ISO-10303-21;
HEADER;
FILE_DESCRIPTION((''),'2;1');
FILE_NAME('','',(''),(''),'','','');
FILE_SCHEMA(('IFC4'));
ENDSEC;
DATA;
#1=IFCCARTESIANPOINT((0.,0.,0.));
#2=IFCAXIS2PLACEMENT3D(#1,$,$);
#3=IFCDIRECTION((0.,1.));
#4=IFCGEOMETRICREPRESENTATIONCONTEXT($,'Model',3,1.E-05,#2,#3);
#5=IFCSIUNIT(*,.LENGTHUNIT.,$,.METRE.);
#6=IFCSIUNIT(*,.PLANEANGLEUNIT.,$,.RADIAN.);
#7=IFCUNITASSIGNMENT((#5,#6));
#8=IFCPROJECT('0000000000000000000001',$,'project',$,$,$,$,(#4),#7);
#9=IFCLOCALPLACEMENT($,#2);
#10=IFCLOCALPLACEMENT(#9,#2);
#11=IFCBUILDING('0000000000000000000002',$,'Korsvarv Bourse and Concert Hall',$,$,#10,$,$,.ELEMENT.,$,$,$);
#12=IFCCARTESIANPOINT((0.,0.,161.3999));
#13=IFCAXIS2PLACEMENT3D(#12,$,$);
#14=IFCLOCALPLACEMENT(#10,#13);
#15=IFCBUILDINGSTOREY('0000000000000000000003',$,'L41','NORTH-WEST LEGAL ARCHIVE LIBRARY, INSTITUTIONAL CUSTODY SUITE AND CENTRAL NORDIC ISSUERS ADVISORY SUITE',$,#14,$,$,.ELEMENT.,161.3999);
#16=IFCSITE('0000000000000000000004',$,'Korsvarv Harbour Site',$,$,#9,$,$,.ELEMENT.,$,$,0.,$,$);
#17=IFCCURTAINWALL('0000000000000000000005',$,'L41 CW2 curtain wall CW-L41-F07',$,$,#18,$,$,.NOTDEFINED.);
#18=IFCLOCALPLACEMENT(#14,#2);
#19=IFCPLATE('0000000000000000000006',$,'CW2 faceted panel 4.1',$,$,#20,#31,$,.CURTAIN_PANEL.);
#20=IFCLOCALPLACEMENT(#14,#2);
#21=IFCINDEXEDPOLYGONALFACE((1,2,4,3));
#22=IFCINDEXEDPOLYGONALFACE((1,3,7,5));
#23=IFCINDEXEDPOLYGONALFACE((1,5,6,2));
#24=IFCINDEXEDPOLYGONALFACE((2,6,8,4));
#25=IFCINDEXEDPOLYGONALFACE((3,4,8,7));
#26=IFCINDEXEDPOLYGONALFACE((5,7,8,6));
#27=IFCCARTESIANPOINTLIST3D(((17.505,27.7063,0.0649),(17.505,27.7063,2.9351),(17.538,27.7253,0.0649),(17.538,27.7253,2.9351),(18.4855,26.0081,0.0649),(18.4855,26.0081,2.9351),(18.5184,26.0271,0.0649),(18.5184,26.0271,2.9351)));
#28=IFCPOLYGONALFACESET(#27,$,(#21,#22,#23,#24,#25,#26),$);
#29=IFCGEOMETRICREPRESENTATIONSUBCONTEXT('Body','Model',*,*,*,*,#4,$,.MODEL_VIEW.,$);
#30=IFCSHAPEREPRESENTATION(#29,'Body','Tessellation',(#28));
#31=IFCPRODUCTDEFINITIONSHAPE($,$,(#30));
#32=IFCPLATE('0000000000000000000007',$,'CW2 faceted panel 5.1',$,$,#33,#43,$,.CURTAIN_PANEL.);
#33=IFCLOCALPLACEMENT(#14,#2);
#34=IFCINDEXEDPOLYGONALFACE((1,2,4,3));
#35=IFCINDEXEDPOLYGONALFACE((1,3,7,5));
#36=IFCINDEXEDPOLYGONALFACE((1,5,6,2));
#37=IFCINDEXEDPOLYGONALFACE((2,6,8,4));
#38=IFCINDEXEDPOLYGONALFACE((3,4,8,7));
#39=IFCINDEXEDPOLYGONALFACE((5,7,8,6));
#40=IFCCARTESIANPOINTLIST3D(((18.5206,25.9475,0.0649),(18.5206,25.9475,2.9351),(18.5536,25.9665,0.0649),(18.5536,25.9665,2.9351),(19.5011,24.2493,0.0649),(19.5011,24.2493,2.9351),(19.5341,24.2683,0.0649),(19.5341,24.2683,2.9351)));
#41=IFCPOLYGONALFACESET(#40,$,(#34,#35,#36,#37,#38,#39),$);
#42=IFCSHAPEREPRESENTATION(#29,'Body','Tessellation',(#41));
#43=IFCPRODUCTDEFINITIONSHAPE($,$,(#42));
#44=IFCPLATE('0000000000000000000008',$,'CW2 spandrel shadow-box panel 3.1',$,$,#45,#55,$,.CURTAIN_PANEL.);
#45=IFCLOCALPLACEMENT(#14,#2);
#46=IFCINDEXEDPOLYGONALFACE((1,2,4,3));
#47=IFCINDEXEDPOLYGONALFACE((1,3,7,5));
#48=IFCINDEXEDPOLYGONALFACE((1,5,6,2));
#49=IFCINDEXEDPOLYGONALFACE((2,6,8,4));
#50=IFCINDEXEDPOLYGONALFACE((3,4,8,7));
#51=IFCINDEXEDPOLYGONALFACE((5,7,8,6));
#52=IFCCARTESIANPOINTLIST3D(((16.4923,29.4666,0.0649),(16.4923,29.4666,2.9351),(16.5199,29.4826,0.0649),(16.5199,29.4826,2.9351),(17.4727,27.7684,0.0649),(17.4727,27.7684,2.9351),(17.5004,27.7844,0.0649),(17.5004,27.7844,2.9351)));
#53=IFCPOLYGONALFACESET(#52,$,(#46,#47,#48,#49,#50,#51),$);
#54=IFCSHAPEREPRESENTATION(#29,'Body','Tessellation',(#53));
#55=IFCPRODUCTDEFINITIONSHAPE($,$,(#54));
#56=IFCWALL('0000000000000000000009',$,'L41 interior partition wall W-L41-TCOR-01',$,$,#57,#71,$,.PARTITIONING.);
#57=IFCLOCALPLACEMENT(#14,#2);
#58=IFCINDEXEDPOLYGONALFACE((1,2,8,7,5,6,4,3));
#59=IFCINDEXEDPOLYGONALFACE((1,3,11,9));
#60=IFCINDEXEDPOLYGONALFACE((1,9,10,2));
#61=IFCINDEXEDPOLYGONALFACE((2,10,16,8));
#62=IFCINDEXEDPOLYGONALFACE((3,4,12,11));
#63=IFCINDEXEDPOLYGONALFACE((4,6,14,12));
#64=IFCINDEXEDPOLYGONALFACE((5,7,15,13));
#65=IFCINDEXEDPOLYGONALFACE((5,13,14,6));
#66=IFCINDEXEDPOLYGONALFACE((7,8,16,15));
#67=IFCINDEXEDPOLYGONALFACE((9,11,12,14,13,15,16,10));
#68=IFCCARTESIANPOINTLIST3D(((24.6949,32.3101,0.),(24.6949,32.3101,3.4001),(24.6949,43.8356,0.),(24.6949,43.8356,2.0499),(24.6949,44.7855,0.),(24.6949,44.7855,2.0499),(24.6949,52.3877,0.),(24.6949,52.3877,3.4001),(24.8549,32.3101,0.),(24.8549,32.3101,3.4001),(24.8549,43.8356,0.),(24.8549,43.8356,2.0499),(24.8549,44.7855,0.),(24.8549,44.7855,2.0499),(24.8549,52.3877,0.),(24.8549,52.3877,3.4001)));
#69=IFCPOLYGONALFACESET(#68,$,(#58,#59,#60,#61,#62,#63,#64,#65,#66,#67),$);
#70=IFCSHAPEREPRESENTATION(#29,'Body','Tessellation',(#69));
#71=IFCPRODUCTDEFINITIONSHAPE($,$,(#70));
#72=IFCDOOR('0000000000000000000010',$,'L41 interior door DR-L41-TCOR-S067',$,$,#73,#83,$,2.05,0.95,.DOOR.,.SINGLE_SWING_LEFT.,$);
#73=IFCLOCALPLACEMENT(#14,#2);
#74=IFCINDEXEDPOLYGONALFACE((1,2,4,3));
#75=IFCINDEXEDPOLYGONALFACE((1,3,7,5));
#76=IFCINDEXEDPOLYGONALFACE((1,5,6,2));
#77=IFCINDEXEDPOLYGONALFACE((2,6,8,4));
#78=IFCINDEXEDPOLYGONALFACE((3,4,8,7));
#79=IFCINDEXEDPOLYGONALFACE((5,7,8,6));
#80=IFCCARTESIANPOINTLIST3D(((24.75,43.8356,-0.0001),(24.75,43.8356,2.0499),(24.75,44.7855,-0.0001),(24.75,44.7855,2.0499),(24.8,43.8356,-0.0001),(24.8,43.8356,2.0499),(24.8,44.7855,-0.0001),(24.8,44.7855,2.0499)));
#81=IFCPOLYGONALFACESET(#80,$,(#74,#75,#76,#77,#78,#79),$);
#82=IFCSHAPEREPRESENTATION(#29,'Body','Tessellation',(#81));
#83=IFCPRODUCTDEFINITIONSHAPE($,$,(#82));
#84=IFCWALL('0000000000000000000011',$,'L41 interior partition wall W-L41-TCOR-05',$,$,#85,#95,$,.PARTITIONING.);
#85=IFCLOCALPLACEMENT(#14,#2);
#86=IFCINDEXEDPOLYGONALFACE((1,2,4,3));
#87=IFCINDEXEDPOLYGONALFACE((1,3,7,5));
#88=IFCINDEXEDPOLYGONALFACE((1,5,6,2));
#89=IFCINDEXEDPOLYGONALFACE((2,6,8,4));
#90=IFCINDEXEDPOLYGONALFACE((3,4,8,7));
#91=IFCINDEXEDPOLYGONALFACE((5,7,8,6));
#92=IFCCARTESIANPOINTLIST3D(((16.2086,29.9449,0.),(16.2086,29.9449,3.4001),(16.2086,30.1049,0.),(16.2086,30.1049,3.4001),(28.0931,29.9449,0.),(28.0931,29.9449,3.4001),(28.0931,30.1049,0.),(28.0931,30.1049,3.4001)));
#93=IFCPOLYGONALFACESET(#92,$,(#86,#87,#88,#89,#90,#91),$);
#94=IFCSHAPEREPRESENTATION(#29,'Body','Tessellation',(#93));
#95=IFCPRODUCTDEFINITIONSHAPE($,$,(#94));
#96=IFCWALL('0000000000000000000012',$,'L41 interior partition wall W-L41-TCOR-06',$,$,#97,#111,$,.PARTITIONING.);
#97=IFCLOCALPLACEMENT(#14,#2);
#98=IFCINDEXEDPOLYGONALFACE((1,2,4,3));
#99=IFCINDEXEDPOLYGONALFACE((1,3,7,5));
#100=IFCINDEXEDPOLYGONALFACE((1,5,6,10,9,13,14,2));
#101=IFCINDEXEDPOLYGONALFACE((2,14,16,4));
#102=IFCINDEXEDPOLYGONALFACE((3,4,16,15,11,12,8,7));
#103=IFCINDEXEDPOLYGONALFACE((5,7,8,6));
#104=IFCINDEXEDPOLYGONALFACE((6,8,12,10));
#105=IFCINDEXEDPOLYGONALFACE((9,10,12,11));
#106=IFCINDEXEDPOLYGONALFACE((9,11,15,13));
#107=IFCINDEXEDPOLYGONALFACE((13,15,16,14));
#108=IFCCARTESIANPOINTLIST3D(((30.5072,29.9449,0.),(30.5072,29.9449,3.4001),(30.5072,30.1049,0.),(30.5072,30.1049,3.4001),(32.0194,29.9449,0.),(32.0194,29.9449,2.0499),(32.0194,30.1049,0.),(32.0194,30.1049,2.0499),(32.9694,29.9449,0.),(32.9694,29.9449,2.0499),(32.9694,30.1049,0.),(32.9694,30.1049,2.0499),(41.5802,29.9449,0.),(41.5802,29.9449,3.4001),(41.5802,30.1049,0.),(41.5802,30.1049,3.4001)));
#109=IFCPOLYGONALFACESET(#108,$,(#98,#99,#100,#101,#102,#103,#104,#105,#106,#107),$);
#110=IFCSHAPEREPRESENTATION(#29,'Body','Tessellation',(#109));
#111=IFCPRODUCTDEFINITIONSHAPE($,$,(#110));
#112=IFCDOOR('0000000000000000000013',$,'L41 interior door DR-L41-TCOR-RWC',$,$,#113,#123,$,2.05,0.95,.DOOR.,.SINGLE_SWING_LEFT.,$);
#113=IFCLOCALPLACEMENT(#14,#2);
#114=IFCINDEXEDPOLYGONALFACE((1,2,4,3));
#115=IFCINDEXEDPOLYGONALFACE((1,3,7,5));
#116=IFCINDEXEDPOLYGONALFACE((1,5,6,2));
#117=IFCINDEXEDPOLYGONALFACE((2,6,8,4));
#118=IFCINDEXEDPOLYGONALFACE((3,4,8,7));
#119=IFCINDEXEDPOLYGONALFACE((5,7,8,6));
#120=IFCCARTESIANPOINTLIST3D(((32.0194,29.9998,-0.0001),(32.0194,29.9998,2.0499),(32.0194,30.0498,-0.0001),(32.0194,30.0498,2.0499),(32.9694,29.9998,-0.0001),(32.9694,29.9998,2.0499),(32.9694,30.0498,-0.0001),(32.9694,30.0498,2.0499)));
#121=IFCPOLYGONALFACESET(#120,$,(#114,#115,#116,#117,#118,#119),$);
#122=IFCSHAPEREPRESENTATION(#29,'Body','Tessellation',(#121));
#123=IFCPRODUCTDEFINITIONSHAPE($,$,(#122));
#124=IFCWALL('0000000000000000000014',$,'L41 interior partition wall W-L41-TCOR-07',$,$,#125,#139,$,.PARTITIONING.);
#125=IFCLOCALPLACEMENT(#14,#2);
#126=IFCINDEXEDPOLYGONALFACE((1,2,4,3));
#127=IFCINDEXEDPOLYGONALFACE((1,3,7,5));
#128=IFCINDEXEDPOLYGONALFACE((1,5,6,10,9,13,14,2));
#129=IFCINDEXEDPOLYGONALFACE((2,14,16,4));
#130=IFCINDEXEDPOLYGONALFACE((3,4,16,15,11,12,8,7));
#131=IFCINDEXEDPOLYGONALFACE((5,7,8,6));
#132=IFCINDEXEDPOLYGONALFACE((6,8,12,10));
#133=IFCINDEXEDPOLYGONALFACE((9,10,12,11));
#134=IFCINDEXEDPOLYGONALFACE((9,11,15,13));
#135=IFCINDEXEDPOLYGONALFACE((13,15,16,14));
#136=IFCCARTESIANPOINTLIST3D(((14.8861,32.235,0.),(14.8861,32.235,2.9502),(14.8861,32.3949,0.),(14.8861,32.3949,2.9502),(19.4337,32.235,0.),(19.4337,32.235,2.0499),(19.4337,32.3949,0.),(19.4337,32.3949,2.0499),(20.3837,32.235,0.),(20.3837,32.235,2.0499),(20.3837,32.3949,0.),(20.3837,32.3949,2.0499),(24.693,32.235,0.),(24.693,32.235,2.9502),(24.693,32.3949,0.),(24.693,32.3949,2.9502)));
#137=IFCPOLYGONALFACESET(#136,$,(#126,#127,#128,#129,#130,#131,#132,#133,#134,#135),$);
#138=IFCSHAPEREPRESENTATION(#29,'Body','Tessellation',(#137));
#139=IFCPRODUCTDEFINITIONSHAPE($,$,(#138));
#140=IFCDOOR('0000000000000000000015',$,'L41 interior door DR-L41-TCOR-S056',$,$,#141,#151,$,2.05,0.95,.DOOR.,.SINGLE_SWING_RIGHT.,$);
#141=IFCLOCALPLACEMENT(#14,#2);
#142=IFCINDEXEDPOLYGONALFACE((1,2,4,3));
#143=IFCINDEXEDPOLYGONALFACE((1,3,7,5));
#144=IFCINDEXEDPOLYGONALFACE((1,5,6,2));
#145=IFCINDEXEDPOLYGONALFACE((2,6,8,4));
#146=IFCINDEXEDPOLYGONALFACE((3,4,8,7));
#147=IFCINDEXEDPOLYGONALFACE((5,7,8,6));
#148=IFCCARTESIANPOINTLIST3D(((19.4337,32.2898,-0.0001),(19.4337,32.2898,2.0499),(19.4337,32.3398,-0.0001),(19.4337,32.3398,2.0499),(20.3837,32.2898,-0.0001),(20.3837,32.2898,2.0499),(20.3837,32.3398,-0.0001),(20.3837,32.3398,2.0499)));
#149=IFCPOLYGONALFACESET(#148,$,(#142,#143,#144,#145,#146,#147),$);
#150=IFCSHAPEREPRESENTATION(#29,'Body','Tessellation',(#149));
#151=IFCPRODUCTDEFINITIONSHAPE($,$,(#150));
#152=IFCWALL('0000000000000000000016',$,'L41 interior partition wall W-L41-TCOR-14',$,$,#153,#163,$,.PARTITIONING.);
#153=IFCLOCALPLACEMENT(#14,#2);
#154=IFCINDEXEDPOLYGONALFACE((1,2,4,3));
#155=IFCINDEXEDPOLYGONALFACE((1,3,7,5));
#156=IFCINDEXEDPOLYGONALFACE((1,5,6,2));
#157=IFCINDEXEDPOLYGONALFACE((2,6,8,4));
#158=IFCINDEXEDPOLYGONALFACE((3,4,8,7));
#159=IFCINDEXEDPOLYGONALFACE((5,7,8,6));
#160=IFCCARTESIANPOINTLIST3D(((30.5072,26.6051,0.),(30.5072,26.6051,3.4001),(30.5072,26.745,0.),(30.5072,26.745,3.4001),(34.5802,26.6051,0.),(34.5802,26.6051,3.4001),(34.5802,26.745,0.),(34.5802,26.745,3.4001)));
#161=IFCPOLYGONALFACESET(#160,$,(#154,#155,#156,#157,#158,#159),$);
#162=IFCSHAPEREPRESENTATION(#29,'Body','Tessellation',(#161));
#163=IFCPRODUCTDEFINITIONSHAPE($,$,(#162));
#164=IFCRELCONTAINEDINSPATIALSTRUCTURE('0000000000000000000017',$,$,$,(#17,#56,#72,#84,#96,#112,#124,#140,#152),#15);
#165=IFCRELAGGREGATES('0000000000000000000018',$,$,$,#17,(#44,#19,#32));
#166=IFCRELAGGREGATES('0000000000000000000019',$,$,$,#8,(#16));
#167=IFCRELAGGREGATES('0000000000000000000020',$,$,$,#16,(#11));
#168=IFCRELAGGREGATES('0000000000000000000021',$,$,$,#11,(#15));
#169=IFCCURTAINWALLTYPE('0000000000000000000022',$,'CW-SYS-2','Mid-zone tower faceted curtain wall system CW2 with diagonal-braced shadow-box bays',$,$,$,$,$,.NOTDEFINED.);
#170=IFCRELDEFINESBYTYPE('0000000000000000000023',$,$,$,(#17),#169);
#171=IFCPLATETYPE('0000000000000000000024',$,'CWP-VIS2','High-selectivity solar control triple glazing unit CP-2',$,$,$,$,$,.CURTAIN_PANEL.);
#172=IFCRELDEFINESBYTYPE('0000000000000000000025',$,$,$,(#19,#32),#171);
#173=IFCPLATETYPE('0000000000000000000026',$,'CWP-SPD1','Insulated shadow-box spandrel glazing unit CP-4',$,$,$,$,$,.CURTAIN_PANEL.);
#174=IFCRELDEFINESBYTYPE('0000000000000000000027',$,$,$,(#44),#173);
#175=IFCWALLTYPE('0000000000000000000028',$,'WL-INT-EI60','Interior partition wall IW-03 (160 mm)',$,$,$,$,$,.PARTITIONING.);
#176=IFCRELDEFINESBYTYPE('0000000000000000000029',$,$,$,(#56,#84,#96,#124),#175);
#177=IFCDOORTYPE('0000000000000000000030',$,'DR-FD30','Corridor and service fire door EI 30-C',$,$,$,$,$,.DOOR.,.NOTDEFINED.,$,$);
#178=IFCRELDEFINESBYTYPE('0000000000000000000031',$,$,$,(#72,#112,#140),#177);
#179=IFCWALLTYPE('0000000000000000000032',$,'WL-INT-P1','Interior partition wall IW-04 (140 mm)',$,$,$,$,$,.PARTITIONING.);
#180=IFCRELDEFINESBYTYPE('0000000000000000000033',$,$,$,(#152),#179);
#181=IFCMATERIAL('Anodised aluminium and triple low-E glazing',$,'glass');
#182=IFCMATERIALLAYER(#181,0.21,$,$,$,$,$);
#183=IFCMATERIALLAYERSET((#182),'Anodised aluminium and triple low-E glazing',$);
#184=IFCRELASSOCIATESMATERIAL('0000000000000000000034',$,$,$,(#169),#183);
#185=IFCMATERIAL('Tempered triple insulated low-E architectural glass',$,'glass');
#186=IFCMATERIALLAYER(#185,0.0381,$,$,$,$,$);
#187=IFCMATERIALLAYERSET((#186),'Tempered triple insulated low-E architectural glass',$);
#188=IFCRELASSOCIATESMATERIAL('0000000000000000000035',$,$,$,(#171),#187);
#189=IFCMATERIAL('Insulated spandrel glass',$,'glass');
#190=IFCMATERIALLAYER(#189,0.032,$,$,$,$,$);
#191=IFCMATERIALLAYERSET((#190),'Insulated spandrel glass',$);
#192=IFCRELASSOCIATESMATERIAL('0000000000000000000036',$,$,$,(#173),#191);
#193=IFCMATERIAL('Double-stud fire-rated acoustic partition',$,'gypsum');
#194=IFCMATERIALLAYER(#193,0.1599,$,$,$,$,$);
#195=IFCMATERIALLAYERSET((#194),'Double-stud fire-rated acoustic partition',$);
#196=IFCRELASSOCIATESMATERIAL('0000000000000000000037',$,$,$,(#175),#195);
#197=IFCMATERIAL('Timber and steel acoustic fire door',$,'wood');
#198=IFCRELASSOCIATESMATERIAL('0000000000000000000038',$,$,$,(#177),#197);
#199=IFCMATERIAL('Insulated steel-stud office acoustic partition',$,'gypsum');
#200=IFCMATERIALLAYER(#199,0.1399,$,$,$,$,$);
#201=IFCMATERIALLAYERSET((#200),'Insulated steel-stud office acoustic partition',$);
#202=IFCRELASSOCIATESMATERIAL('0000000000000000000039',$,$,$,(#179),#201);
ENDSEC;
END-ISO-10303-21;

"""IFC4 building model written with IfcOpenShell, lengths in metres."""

from ifc_helpers import new_model, si_unit, direction, frame, frame_2d, origin, origin_2d, place, context, subcontext, project, spatial, rectangle, extrude, source, transform, mapped, material, layer, layer_set, type_object, element, fill, aggregate, save


model = new_model("IFC4")

# Units and contexts
model_context = context("Model", 3, precision=1e-05, world=origin(), true_north=direction((0.0, 1.0)))
body_context = subcontext(model_context, "Body", "Model", "MODEL_VIEW")
ifc_project = project(units=[si_unit("LENGTHUNIT", "METRE"), si_unit("PLANEANGLEUNIT", "RADIAN")], contexts=[model_context])

# Site, building, storey
site_placement = place(None, origin())
site = spatial("IfcSite", under=ifc_project, at=site_placement, Name="Korsvarv Harbour Site", CompositionType="ELEMENT", RefElevation=0.0)
building_placement = place(site_placement, origin())
building = spatial("IfcBuilding", under=site, at=building_placement, Name="Korsvarv Bourse and Concert Hall", CompositionType="ELEMENT")
storey_placement = place(building_placement, frame((0.0, 0.0, 161.3999)))
storey = spatial("IfcBuildingStorey", under=building, at=storey_placement, Name="L41", Description="NORTH-WEST LEGAL ARCHIVE LIBRARY, INSTITUTIONAL CUSTODY SUITE AND CENTRAL NORDIC ISSUERS ADVISORY SUITE", CompositionType="ELEMENT", Elevation=161.3999)

# Curtain wall, plates
ifc_material_1 = material(Name="Anodised aluminium and triple low-E glazing", Category="glass")
ifc_layer_1 = layer(ifc_material_1, 0.21)
ifc_layer_set_1 = layer_set([ifc_layer_1], Name="Anodised aluminium and triple low-E glazing")
curtain_wall_type = type_object("IfcCurtainWallType", Name="CW-SYS-2", Description="Mid-zone tower faceted curtain wall system CW2 with diagonal-braced shadow-box bays", PredefinedType="NOTDEFINED", material=ifc_layer_set_1)
curtain_wall_placement = place(storey_placement, origin())
curtain_wall = element("IfcCurtainWall", 1, at=curtain_wall_placement, inside=storey, type_object=curtain_wall_type, Name="L41 CW2 curtain wall CW-L41-F07", PredefinedType="NOTDEFINED")
ifc_material_2 = material(Name="Tempered triple insulated low-E architectural glass", Category="glass")
ifc_layer_2 = layer(ifc_material_2, 0.0381)
ifc_layer_set_2 = layer_set([ifc_layer_2], Name="Tempered triple insulated low-E architectural glass")
plate_type_1 = type_object("IfcPlateType", Name="CWP-VIS2", Description="High-selectivity solar control triple glazing unit CP-2", PredefinedType="CURTAIN_PANEL", material=ifc_layer_set_2)
shared_shape_1 = source(origin(), body_context, "Body", "SweptSolid", [
    extrude(rectangle(XDim=1.9609, YDim=0.0381, at=origin_2d()), origin(), (0.0, 0.0, 1.0), 2.8701),
])
plate_1_placement = place(storey_placement, frame((18.0117, 26.8667, 0.0649), z_axis=(0.0, 0.0, 1.0), x_axis=(0.500002, -0.866024, 0.0)))
plate_1 = element("IfcPlate", 2, at=plate_1_placement, type_object=plate_type_1, Name="CW2 faceted panel 4.1", PredefinedType="CURTAIN_PANEL", context=body_context, shape_type="MappedRepresentation", body=[
    mapped(shared_shape_1, transform((0.0, 0.0, 0.0), scale=1.0)),
])
plate_2_placement = place(storey_placement, frame((19.0273, 25.1079, 0.0649), z_axis=(0.0, 0.0, 1.0), x_axis=(0.500002, -0.866024, 0.0)))
plate_2 = element("IfcPlate", 3, at=plate_2_placement, type_object=plate_type_1, Name="CW2 faceted panel 5.1", PredefinedType="CURTAIN_PANEL", context=body_context, shape_type="MappedRepresentation", body=[
    mapped(shared_shape_1, transform((0.0, 0.0, 0.0), scale=1.0)),
])
ifc_material_3 = material(Name="Insulated spandrel glass", Category="glass")
ifc_layer_3 = layer(ifc_material_3, 0.032)
ifc_layer_set_3 = layer_set([ifc_layer_3], Name="Insulated spandrel glass")
plate_type_2 = type_object("IfcPlateType", Name="CWP-SPD1", Description="Insulated shadow-box spandrel glazing unit CP-4", PredefinedType="CURTAIN_PANEL", material=ifc_layer_set_3)
shared_shape_2 = source(origin(), body_context, "Body", "SweptSolid", [
    extrude(rectangle(XDim=1.9609, YDim=0.032, at=origin_2d()), origin(), (0.0, 0.0, 1.0), 2.8701),
])
plate_3_placement = place(storey_placement, frame((16.9963, 28.6255, 0.0649), z_axis=(0.0, 0.0, 1.0), x_axis=(0.500002, -0.866024, 0.0)))
plate_3 = element("IfcPlate", 4, at=plate_3_placement, type_object=plate_type_2, Name="CW2 spandrel shadow-box panel 3.1", PredefinedType="CURTAIN_PANEL", context=body_context, shape_type="MappedRepresentation", body=[
    mapped(shared_shape_2, transform((0.0, 0.0, 0.0), scale=1.0)),
])
aggregate(curtain_wall, [plate_3, plate_1, plate_2])

# Wall, opening, door
ifc_material_4 = material(Name="Double-stud fire-rated acoustic partition", Category="gypsum")
ifc_layer_4 = layer(ifc_material_4, 0.1599)
ifc_layer_set_4 = layer_set([ifc_layer_4], Name="Double-stud fire-rated acoustic partition")
wall_type_1 = type_object("IfcWallType", Name="WL-INT-EI60", Description="Interior partition wall IW-03 (160 mm)", PredefinedType="PARTITIONING", material=ifc_layer_set_4)
wall_1_placement = place(storey_placement, frame((24.7749, 32.3101, 0.0), z_axis=(0.0, 0.0, 1.0), x_axis=(0.0, 1.0, 0.0)))
wall_1 = element("IfcWall", 5, at=wall_1_placement, inside=storey, type_object=wall_type_1, Name="L41 interior partition wall W-L41-TCOR-01", PredefinedType="PARTITIONING", context=body_context, shape_type="SweptSolid", body=[
    extrude(rectangle(XDim=20.0776, YDim=0.1599, at=frame_2d((10.0388, 0.0))), origin(), (0.0, 0.0, 1.0), 3.4001),
])
opening_1_placement = place(wall_1_placement, frame((11.5254, 0.0, 0.0)))
opening_1 = element("IfcOpeningElement", 6, at=opening_1_placement, cuts=wall_1, PredefinedType="OPENING", context=body_context, shape_type="SweptSolid", body=[
    extrude(rectangle(XDim=0.95, YDim=2.05, at=frame_2d((0.4751, 1.0249))), frame((0.0, 0.0898, 0.0), z_axis=(0.0, -1.0, 0.0), x_axis=(1.0, 0.0, 0.0)), (0.0, 0.0, 1.0), 0.1799),
])
ifc_material_5 = material(Name="Timber and steel acoustic fire door", Category="wood")
door_type = type_object("IfcDoorType", Name="DR-FD30", Description="Corridor and service fire door EI 30-C", OperationType="NOTDEFINED", PredefinedType="DOOR", material=ifc_material_5)
door_1_placement = place(opening_1_placement, origin())
door_1 = element("IfcDoor", 7, at=door_1_placement, inside=storey, type_object=door_type, Name="L41 interior door DR-L41-TCOR-S067", OperationType="SINGLE_SWING_LEFT", OverallHeight=2.05, OverallWidth=0.95, PredefinedType="DOOR", context=body_context, shape_type="SweptSolid", body=[
    extrude(rectangle(XDim=0.95, YDim=2.05, at=frame_2d((0.4751, 1.0249))), frame((0.0, 0.0249, 0.0), z_axis=(0.0, -1.0, 0.0), x_axis=(1.0, 0.0, 0.0)), (0.0, 0.0, 1.0), 0.05),
])
fill(opening_1, door_1)

# Wall
wall_2_placement = place(storey_placement, frame((16.2085, 30.0249, 0.0), z_axis=(0.0, 0.0, 1.0), x_axis=(1.0, 0.0, 0.0)))
element("IfcWall", 8, at=wall_2_placement, inside=storey, type_object=wall_type_1, Name="L41 interior partition wall W-L41-TCOR-05", PredefinedType="PARTITIONING", context=body_context, shape_type="SweptSolid", body=[
    extrude(rectangle(XDim=11.8845, YDim=0.1599, at=frame_2d((5.9424, 0.0))), origin(), (0.0, 0.0, 1.0), 3.4001),
])

# Walls, openings, doors
wall_3_placement = place(storey_placement, frame((30.5071, 30.0249, 0.0), z_axis=(0.0, 0.0, 1.0), x_axis=(1.0, 0.0, 0.0)))
wall_3 = element("IfcWall", 9, at=wall_3_placement, inside=storey, type_object=wall_type_1, Name="L41 interior partition wall W-L41-TCOR-06", PredefinedType="PARTITIONING", context=body_context, shape_type="SweptSolid", body=[
    extrude(rectangle(XDim=11.073, YDim=0.1599, at=frame_2d((5.5366, 0.0))), origin(), (0.0, 0.0, 1.0), 3.4001),
])
opening_2_placement = place(wall_3_placement, frame((1.5122, 0.0, 0.0)))
opening_2 = element("IfcOpeningElement", 10, at=opening_2_placement, cuts=wall_3, PredefinedType="OPENING", context=body_context, shape_type="SweptSolid", body=[
    extrude(rectangle(XDim=0.95, YDim=2.05, at=frame_2d((0.4751, 1.0249))), frame((0.0, 0.0898, 0.0), z_axis=(0.0, -1.0, 0.0), x_axis=(1.0, 0.0, 0.0)), (0.0, 0.0, 1.0), 0.1799),
])
door_2_placement = place(opening_2_placement, origin())
door_2 = element("IfcDoor", 11, at=door_2_placement, inside=storey, type_object=door_type, Name="L41 interior door DR-L41-TCOR-RWC", OperationType="SINGLE_SWING_LEFT", OverallHeight=2.05, OverallWidth=0.95, PredefinedType="DOOR", context=body_context, shape_type="SweptSolid", body=[
    extrude(rectangle(XDim=0.95, YDim=2.05, at=frame_2d((0.4751, 1.0249))), frame((0.0, 0.0249, 0.0), z_axis=(0.0, -1.0, 0.0), x_axis=(1.0, 0.0, 0.0)), (0.0, 0.0, 1.0), 0.05),
])
fill(opening_2, door_2)
wall_4_placement = place(storey_placement, frame((14.8862, 32.3149, 0.0), z_axis=(0.0, 0.0, 1.0), x_axis=(1.0, 0.0, 0.0)))
wall_4 = element("IfcWall", 12, at=wall_4_placement, inside=storey, type_object=wall_type_1, Name="L41 interior partition wall W-L41-TCOR-07", PredefinedType="PARTITIONING", context=body_context, shape_type="SweptSolid", body=[
    extrude(rectangle(XDim=9.8069, YDim=0.1599, at=frame_2d((4.9033, 0.0))), origin(), (0.0, 0.0, 1.0), 2.9502),
])
opening_3_placement = place(wall_4_placement, frame((4.5474, 0.0, 0.0)))
opening_3 = element("IfcOpeningElement", 13, at=opening_3_placement, cuts=wall_4, PredefinedType="OPENING", context=body_context, shape_type="SweptSolid", body=[
    extrude(rectangle(XDim=0.95, YDim=2.05, at=frame_2d((0.4751, 1.0249))), frame((0.0, 0.0898, 0.0), z_axis=(0.0, -1.0, 0.0), x_axis=(1.0, 0.0, 0.0)), (0.0, 0.0, 1.0), 0.1799),
])
door_3_placement = place(opening_3_placement, origin())
door_3 = element("IfcDoor", 14, at=door_3_placement, inside=storey, type_object=door_type, Name="L41 interior door DR-L41-TCOR-S056", OperationType="SINGLE_SWING_RIGHT", OverallHeight=2.05, OverallWidth=0.95, PredefinedType="DOOR", context=body_context, shape_type="SweptSolid", body=[
    extrude(rectangle(XDim=0.95, YDim=2.05, at=frame_2d((0.4751, 1.0249))), frame((0.0, 0.0249, 0.0), z_axis=(0.0, -1.0, 0.0), x_axis=(1.0, 0.0, 0.0)), (0.0, 0.0, 1.0), 0.05),
])
fill(opening_3, door_3)

# Wall
ifc_material_6 = material(Name="Insulated steel-stud office acoustic partition", Category="gypsum")
ifc_layer_5 = layer(ifc_material_6, 0.1399)
ifc_layer_set_5 = layer_set([ifc_layer_5], Name="Insulated steel-stud office acoustic partition")
wall_type_2 = type_object("IfcWallType", Name="WL-INT-P1", Description="Interior partition wall IW-04 (140 mm)", PredefinedType="PARTITIONING", material=ifc_layer_set_5)
wall_5_placement = place(storey_placement, frame((30.5071, 26.675, 0.0), z_axis=(0.0, 0.0, 1.0), x_axis=(1.0, 0.0, 0.0)))
element("IfcWall", 15, at=wall_5_placement, inside=storey, type_object=wall_type_2, Name="L41 interior partition wall W-L41-TCOR-14", PredefinedType="PARTITIONING", context=body_context, shape_type="SweptSolid", body=[
    extrude(rectangle(XDim=4.073, YDim=0.1399, at=frame_2d((2.0366, 0.0))), origin(), (0.0, 0.0, 1.0), 3.4001),
])

save(model, "model.ifc")
